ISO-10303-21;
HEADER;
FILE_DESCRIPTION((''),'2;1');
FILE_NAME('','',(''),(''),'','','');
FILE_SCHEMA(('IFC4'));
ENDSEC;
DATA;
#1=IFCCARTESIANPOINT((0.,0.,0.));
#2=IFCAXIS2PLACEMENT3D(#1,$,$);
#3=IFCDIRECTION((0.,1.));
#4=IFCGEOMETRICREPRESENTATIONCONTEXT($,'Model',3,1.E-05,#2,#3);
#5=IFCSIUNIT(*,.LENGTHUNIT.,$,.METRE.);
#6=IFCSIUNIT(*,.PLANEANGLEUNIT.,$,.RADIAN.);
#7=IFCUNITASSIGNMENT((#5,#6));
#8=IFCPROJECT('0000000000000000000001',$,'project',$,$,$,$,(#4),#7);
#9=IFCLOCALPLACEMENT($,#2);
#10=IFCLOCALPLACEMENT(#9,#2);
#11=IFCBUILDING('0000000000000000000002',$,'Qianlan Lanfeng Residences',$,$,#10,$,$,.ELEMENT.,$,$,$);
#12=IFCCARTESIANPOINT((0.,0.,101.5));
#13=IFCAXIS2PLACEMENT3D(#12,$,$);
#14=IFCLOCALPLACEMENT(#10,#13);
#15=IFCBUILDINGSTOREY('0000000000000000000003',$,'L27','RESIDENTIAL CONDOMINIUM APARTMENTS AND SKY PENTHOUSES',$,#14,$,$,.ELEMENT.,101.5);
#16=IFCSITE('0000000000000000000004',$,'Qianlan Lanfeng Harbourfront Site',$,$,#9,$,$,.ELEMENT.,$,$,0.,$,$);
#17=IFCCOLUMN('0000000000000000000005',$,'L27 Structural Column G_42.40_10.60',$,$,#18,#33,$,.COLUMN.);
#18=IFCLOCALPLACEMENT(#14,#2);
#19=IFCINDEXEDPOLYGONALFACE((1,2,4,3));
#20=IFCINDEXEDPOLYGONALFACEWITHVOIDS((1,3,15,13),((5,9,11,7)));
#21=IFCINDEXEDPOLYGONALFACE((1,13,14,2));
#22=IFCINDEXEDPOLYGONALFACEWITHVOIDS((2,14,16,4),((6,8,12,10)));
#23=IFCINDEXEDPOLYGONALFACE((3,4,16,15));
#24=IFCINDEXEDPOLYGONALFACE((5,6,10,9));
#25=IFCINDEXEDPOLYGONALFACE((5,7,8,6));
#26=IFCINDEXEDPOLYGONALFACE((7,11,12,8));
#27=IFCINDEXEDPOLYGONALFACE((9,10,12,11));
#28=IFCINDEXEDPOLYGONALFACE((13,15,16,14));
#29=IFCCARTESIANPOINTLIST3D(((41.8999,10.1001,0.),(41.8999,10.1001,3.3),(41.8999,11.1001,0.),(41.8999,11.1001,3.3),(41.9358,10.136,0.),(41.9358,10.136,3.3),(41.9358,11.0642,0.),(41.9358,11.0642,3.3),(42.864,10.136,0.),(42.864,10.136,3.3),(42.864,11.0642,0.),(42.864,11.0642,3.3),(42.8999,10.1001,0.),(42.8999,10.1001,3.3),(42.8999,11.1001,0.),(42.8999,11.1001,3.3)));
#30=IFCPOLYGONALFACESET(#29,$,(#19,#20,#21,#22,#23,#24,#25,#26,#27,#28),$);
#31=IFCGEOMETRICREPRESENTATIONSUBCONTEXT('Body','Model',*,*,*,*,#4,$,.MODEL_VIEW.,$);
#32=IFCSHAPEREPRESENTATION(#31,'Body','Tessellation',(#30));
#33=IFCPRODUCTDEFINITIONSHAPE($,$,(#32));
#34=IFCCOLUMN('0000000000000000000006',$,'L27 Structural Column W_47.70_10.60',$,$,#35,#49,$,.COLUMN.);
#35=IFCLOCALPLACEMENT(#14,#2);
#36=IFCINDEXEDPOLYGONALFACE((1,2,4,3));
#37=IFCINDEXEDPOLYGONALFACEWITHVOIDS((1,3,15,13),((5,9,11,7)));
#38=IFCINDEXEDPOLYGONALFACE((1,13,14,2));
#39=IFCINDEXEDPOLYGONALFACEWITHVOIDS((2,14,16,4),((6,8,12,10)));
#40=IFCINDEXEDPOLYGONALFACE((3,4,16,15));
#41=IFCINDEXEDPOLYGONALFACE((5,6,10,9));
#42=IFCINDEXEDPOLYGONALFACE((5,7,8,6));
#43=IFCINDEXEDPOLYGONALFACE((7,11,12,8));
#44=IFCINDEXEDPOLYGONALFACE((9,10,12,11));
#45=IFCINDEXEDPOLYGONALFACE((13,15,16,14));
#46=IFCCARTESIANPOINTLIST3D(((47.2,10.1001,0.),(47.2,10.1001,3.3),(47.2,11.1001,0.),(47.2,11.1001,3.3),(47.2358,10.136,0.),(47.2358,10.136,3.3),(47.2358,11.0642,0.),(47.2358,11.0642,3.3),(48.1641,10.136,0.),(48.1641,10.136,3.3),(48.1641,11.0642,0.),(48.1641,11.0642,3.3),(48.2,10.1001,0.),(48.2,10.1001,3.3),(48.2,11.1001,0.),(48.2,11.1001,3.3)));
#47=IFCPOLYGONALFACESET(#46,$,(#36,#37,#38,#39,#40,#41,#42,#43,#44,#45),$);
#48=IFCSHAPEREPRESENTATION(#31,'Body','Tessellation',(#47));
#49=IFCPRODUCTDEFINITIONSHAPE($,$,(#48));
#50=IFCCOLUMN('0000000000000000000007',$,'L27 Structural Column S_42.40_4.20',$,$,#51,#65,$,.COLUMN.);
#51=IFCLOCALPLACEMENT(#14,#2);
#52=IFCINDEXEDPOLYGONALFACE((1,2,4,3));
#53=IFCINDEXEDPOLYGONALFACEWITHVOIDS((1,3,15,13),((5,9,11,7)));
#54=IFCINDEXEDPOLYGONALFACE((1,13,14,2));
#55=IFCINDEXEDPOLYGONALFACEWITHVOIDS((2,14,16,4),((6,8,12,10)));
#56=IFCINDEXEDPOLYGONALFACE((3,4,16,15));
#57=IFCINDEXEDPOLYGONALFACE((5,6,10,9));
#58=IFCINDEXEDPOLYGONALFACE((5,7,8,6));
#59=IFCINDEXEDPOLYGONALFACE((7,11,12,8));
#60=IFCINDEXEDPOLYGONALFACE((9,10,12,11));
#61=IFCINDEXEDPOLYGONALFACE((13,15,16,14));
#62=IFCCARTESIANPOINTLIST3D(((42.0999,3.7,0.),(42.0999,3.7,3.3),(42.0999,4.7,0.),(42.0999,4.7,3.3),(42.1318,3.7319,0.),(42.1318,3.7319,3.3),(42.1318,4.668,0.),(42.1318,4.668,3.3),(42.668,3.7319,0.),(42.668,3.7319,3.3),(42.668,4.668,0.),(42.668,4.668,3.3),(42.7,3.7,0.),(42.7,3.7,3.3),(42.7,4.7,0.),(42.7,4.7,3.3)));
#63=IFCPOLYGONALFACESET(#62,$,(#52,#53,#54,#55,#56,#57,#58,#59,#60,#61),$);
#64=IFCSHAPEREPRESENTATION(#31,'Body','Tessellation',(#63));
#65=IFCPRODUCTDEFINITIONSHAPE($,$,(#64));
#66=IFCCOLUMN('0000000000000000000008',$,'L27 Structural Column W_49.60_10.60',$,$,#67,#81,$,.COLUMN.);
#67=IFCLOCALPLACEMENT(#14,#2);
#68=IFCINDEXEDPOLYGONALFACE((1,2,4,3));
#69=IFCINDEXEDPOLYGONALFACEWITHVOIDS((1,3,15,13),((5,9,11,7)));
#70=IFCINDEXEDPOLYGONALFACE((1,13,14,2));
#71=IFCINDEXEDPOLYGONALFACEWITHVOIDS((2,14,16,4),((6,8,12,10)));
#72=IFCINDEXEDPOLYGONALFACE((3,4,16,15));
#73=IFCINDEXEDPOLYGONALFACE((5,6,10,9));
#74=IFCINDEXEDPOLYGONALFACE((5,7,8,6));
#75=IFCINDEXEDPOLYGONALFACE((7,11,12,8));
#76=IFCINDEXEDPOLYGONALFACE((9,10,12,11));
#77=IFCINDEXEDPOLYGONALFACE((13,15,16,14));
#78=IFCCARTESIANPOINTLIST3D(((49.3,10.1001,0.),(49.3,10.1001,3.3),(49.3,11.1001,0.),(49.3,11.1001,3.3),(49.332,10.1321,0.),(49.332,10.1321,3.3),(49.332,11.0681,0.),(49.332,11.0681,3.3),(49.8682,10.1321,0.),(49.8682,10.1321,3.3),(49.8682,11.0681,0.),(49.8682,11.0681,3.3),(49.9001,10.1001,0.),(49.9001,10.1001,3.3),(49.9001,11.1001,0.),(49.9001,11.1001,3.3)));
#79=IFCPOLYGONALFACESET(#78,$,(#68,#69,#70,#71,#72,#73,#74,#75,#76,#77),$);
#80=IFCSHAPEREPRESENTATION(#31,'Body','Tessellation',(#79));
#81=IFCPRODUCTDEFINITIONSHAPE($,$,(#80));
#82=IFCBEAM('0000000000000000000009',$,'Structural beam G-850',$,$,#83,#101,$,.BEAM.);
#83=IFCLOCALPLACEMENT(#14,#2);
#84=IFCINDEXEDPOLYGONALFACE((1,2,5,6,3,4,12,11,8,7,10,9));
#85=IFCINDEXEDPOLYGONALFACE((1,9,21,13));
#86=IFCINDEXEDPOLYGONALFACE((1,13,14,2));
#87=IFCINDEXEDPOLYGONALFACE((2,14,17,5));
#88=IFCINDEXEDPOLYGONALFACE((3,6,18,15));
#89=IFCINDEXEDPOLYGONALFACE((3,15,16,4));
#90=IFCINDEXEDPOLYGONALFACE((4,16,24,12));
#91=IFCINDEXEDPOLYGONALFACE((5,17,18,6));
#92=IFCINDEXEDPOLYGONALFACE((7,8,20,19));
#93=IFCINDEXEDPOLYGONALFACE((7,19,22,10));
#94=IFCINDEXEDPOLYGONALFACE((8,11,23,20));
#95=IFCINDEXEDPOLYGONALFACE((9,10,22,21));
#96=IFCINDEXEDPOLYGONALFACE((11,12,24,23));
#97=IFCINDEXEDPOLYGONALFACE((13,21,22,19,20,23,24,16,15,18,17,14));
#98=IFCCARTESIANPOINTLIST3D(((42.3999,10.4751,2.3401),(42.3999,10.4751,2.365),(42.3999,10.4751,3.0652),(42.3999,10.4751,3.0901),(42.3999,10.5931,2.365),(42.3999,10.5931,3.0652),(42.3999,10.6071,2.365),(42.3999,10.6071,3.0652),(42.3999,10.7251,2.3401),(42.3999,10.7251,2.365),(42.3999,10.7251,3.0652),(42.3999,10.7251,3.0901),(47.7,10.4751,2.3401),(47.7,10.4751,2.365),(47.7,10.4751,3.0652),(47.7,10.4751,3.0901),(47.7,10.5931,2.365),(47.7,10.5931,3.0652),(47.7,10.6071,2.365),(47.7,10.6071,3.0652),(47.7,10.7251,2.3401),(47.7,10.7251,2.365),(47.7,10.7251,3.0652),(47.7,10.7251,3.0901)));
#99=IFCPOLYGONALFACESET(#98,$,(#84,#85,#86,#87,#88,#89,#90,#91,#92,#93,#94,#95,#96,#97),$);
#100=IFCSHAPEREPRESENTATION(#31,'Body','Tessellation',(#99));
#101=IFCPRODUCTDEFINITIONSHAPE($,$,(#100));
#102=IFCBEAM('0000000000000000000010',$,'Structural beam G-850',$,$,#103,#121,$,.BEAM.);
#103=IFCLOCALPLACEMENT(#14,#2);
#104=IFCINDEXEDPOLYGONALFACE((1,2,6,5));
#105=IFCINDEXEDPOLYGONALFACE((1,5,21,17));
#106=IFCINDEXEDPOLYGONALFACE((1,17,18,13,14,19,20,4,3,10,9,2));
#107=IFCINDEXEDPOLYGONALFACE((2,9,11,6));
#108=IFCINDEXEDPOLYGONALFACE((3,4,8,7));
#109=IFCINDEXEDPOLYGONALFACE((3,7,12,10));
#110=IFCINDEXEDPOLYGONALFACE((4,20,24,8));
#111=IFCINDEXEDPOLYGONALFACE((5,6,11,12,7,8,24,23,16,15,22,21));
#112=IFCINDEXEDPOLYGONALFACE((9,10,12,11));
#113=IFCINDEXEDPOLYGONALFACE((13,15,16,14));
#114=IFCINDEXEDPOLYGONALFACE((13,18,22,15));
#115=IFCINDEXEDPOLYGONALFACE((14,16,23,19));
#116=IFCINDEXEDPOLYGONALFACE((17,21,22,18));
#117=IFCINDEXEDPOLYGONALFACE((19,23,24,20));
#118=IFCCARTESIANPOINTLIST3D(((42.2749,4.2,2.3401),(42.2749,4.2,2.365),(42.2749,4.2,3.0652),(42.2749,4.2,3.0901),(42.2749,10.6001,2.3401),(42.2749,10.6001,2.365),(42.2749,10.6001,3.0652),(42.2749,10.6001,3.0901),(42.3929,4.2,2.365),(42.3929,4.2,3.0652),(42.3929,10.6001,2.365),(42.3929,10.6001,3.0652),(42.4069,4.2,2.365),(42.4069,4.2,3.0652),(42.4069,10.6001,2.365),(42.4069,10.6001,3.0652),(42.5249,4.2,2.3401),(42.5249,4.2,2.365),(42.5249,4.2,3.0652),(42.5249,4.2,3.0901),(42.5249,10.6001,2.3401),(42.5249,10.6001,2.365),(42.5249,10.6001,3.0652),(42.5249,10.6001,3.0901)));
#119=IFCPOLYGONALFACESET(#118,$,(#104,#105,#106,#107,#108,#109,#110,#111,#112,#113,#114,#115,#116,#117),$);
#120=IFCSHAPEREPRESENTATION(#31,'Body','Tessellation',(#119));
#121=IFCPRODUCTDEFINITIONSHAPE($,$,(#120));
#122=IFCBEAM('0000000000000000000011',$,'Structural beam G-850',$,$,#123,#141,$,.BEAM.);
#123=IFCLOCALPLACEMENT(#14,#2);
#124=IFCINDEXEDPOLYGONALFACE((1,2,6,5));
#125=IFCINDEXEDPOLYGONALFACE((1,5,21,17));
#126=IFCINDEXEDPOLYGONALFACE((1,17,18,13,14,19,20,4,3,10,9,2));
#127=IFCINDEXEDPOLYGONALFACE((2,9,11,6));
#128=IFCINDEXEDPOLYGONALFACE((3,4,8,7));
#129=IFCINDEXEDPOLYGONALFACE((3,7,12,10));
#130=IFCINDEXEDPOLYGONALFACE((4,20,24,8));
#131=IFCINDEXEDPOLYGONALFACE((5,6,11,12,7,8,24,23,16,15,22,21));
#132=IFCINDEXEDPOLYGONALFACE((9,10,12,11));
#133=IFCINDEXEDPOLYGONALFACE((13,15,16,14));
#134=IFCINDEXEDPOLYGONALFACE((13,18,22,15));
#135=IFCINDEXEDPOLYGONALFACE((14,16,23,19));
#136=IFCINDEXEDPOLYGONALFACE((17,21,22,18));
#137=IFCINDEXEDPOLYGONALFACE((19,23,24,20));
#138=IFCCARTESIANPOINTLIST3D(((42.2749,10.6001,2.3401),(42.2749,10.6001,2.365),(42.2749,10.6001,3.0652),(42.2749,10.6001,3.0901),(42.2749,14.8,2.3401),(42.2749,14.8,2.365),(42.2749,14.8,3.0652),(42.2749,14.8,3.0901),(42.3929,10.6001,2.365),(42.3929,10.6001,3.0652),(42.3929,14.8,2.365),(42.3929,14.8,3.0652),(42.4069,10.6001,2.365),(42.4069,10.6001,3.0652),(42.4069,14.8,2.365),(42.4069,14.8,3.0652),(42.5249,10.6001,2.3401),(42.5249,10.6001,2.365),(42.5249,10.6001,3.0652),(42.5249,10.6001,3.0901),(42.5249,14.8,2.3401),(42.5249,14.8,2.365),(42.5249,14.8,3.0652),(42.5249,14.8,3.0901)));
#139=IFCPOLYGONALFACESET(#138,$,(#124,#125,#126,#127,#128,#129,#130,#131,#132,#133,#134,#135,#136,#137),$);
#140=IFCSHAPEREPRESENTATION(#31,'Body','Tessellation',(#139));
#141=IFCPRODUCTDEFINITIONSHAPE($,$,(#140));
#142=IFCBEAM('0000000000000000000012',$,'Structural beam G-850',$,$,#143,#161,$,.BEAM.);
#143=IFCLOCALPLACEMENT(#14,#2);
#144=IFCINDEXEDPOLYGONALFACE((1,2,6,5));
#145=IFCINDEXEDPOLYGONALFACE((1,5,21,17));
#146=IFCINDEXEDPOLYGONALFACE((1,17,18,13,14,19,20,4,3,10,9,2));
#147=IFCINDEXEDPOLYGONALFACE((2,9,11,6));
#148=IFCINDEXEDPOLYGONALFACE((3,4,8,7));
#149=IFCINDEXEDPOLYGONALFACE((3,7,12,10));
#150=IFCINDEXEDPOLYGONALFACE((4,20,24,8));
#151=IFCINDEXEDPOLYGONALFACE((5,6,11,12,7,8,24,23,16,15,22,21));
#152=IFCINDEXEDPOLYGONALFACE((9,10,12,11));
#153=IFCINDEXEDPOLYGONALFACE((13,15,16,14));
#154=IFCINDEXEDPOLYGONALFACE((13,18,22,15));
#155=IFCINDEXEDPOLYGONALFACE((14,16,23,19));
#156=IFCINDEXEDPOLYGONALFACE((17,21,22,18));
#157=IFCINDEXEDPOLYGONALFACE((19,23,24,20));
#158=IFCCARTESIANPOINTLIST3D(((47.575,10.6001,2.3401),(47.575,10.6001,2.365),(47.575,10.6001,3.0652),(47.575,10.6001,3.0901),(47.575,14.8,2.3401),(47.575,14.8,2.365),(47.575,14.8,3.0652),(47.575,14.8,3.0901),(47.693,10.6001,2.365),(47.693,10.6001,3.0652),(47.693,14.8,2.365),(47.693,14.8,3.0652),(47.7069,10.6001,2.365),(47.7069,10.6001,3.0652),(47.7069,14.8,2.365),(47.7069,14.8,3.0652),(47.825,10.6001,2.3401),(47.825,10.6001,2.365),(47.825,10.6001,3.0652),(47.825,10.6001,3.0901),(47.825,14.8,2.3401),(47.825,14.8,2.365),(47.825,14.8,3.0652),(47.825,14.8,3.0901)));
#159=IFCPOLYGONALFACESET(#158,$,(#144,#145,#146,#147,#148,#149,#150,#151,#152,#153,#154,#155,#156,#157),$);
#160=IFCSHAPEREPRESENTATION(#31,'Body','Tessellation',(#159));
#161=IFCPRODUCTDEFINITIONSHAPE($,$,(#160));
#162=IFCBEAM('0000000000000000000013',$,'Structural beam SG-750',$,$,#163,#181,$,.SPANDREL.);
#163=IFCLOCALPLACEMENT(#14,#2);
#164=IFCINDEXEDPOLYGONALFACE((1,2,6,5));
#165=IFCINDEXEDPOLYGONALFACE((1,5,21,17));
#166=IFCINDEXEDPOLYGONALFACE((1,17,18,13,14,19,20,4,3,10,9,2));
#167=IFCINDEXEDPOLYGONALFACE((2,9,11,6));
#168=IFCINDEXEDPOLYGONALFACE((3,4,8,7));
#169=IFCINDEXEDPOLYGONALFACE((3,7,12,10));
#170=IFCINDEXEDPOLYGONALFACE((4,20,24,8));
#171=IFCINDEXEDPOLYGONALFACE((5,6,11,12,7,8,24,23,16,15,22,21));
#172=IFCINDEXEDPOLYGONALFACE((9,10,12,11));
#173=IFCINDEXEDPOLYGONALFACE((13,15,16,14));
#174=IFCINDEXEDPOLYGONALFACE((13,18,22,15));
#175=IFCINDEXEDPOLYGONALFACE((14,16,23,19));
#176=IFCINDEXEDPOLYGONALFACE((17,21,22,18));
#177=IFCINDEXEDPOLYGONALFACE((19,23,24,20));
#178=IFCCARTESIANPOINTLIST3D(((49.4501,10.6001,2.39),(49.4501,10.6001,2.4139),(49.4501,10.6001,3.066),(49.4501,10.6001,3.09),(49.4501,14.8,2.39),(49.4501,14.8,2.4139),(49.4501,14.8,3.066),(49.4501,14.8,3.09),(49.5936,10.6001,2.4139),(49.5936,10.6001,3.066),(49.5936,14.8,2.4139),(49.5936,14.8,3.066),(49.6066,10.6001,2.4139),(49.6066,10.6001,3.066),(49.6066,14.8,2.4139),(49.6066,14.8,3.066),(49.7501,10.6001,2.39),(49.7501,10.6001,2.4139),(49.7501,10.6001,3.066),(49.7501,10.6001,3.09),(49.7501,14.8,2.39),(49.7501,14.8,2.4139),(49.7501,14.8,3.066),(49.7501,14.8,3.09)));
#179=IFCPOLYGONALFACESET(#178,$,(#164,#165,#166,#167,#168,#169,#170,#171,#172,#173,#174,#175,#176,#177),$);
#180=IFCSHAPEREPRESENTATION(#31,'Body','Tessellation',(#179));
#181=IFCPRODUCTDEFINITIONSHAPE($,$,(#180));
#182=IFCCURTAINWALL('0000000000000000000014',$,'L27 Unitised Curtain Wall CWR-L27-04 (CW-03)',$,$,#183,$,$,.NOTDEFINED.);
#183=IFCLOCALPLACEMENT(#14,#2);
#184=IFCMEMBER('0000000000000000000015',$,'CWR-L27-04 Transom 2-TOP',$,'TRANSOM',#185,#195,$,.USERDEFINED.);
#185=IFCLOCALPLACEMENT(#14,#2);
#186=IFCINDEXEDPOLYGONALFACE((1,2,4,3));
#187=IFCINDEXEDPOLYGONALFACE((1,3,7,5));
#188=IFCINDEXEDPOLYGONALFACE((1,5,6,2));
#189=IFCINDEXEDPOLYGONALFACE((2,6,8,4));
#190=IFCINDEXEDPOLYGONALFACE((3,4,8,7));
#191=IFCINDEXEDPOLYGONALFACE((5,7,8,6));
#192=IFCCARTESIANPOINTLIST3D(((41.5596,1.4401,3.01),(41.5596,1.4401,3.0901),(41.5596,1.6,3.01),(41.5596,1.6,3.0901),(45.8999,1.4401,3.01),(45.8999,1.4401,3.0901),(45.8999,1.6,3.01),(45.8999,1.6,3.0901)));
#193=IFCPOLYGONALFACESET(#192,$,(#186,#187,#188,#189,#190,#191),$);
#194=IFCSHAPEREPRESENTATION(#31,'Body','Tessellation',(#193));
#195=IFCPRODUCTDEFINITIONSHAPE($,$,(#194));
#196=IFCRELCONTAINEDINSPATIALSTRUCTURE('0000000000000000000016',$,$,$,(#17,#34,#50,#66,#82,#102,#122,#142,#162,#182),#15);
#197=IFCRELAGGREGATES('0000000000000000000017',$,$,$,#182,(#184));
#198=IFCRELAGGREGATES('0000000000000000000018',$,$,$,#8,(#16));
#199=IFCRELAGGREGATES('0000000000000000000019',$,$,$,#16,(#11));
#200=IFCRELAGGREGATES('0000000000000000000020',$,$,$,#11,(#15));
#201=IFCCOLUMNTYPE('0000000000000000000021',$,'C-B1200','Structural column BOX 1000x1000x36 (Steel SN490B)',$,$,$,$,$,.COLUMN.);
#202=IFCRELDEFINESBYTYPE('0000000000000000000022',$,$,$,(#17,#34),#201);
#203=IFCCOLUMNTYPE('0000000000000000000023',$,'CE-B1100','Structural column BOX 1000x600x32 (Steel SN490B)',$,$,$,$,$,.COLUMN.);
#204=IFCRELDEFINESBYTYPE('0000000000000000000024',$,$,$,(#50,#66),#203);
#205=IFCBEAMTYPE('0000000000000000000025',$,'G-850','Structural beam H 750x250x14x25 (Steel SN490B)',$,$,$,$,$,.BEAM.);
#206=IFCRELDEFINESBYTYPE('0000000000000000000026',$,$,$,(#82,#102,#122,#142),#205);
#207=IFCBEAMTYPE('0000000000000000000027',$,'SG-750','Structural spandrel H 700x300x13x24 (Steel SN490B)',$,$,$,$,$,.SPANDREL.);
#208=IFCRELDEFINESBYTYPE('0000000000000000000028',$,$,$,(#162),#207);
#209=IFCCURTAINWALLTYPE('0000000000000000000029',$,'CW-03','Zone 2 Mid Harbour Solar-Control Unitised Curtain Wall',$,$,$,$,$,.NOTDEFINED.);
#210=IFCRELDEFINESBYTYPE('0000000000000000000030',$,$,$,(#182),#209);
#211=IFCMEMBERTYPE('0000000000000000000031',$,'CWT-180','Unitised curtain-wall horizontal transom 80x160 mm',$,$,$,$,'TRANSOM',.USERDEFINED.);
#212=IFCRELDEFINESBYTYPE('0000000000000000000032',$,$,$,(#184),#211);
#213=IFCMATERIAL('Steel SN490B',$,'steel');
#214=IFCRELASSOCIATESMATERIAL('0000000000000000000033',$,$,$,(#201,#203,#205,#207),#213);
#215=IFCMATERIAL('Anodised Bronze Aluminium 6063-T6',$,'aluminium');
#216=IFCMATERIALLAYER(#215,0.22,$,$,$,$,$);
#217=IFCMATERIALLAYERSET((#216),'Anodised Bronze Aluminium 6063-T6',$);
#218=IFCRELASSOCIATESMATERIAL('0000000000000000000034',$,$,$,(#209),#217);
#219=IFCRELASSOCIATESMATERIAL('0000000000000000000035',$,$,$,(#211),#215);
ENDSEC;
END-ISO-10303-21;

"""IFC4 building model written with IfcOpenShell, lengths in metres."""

from ifc_helpers import new_model, si_unit, direction, frame, origin, origin_2d, place, context, subcontext, project, spatial, rectangle, hollow_rectangle, i_section, extrude, source, transform, mapped, material, layer, layer_set, material_profile, profile_set, type_object, element, aggregate, save


model = new_model("IFC4")

# Units and contexts
model_context = context("Model", 3, precision=1e-05, world=origin(), true_north=direction((0.0, 1.0)))
body_context = subcontext(model_context, "Body", "Model", "MODEL_VIEW")
ifc_project = project(units=[si_unit("LENGTHUNIT", "METRE"), si_unit("PLANEANGLEUNIT", "RADIAN")], contexts=[model_context])

# Site, building, storey
site_placement = place(None, origin())
site = spatial("IfcSite", under=ifc_project, at=site_placement, Name="Qianlan Lanfeng Harbourfront Site", CompositionType="ELEMENT", RefElevation=0.0)
building_placement = place(site_placement, origin())
building = spatial("IfcBuilding", under=site, at=building_placement, Name="Qianlan Lanfeng Residences", CompositionType="ELEMENT")
storey_placement = place(building_placement, frame((0.0, 0.0, 101.5)))
storey = spatial("IfcBuildingStorey", under=building, at=storey_placement, Name="L27", Description="RESIDENTIAL CONDOMINIUM APARTMENTS AND SKY PENTHOUSES", CompositionType="ELEMENT", Elevation=101.5)

# Columns
ifc_material_1 = material(Name="Steel SN490B", Category="steel")
ifc_material_profile_1 = material_profile(ifc_material_1, hollow_rectangle(XDim=1.0, YDim=1.0, WallThickness=0.0359, at=origin_2d()), Name="BOX 1000x1000x36")
ifc_profile_set_1 = profile_set([ifc_material_profile_1], Name="Steel SN490B")
column_type_1 = type_object("IfcColumnType", Name="C-B1200", Description="Structural column BOX 1000x1000x36 (Steel SN490B)", PredefinedType="COLUMN", material=ifc_profile_set_1)
for number, where, z_axis, x_axis, name in (
    (1, (42.3999, 10.6001, 0.0), (0.0, 0.0, 1.0), (1.0, 0.0, 0.0), "L27 Structural Column G_42.40_10.60"),
    (2, (47.7, 10.6001, 0.0), (0.0, 0.0, 1.0), (1.0, 0.0, 0.0), "L27 Structural Column W_47.70_10.60"),
):
    element("IfcColumn", number, at=place(storey_placement, frame(where, z_axis=z_axis, x_axis=x_axis)), inside=storey, type_object=column_type_1, Name=name, PredefinedType="COLUMN", context=body_context, shape_type="SweptSolid", body=[
        extrude(hollow_rectangle(XDim=1.0, YDim=1.0, WallThickness=0.0359, at=origin_2d()), origin(), (0.0, 0.0, 1.0), 3.3),
    ])
ifc_material_profile_2 = material_profile(ifc_material_1, hollow_rectangle(XDim=0.6001, YDim=1.0, WallThickness=0.032, at=origin_2d()), Name="BOX 1000x600x32")
ifc_profile_set_2 = profile_set([ifc_material_profile_2], Name="Steel SN490B")
column_type_2 = type_object("IfcColumnType", Name="CE-B1100", Description="Structural column BOX 1000x600x32 (Steel SN490B)", PredefinedType="COLUMN", material=ifc_profile_set_2)
for number, where, z_axis, x_axis, name in (
    (3, (42.3999, 4.2, 0.0), (0.0, 0.0, 1.0), (1.0, 0.0, 0.0), "L27 Structural Column S_42.40_4.20"),
    (4, (49.6001, 10.6001, 0.0), (0.0, 0.0, 1.0), (1.0, 0.0, 0.0), "L27 Structural Column W_49.60_10.60"),
):
    element("IfcColumn", number, at=place(storey_placement, frame(where, z_axis=z_axis, x_axis=x_axis)), inside=storey, type_object=column_type_2, Name=name, PredefinedType="COLUMN", context=body_context, shape_type="SweptSolid", body=[
        extrude(hollow_rectangle(XDim=0.6001, YDim=1.0, WallThickness=0.032, at=origin_2d()), origin(), (0.0, 0.0, 1.0), 3.3),
    ])

# Beams
ifc_material_profile_3 = material_profile(ifc_material_1, i_section(OverallWidth=0.25, OverallDepth=0.75, WebThickness=0.0139, FlangeThickness=0.0249, at=origin_2d()), Name="H 750x250x14x25")
ifc_profile_set_3 = profile_set([ifc_material_profile_3], Name="Steel SN490B")
beam_type_1 = type_object("IfcBeamType", Name="G-850", Description="Structural beam H 750x250x14x25 (Steel SN490B)", PredefinedType="BEAM", material=ifc_profile_set_3)
beam_1_placement = place(storey_placement, frame((42.3999, 10.6001, 2.7151), z_axis=(1.0, 0.0, 0.0), x_axis=(0.0, 1.0, 0.0)))
element("IfcBeam", 5, at=beam_1_placement, inside=storey, type_object=beam_type_1, Name="Structural beam G-850", PredefinedType="BEAM", context=body_context, shape_type="SweptSolid", body=[
    extrude(i_section(OverallWidth=0.25, OverallDepth=0.75, WebThickness=0.0139, FlangeThickness=0.0249, at=origin_2d()), origin(), (0.0, 0.0, 1.0), 5.3),
])
beam_2_placement = place(storey_placement, frame((42.3999, 4.2, 2.7151), z_axis=(0.0, 1.0, 0.0), x_axis=(-1.0, 0.0, 0.0)))
element("IfcBeam", 6, at=beam_2_placement, inside=storey, type_object=beam_type_1, Name="Structural beam G-850", PredefinedType="BEAM", context=body_context, shape_type="SweptSolid", body=[
    extrude(i_section(OverallWidth=0.25, OverallDepth=0.75, WebThickness=0.0139, FlangeThickness=0.0249, at=origin_2d()), origin(), (0.0, 0.0, 1.0), 6.4001),
])
for number, where, z_axis, x_axis, name in (
    (7, (42.3999, 10.6001, 2.7151), (0.0, 1.0, 0.0), (-1.0, 0.0, 0.0), "Structural beam G-850"),
    (8, (47.7, 10.6001, 2.7151), (0.0, 1.0, 0.0), (-1.0, 0.0, 0.0), "Structural beam G-850"),
):
    element("IfcBeam", number, at=place(storey_placement, frame(where, z_axis=z_axis, x_axis=x_axis)), inside=storey, type_object=beam_type_1, Name=name, PredefinedType="BEAM", context=body_context, shape_type="SweptSolid", body=[
        extrude(i_section(OverallWidth=0.25, OverallDepth=0.75, WebThickness=0.0139, FlangeThickness=0.0249, at=origin_2d()), origin(), (0.0, 0.0, 1.0), 4.2),
    ])
ifc_material_profile_4 = material_profile(ifc_material_1, i_section(OverallWidth=0.3, OverallDepth=0.7, WebThickness=0.0129, FlangeThickness=0.0239, at=origin_2d()), Name="H 700x300x13x24")
ifc_profile_set_4 = profile_set([ifc_material_profile_4], Name="Steel SN490B")
beam_type_2 = type_object("IfcBeamType", Name="SG-750", Description="Structural spandrel H 700x300x13x24 (Steel SN490B)", PredefinedType="SPANDREL", material=ifc_profile_set_4)
beam_3_placement = place(storey_placement, frame((49.6001, 10.6001, 2.74), z_axis=(0.0, 1.0, 0.0), x_axis=(-1.0, 0.0, 0.0)))
element("IfcBeam", 9, at=beam_3_placement, inside=storey, type_object=beam_type_2, Name="Structural beam SG-750", PredefinedType="SPANDREL", context=body_context, shape_type="SweptSolid", body=[
    extrude(i_section(OverallWidth=0.3, OverallDepth=0.7, WebThickness=0.0129, FlangeThickness=0.0239, at=origin_2d()), origin(), (0.0, 0.0, 1.0), 4.2),
])

# Curtain wall, member
ifc_material_2 = material(Name="Anodised Bronze Aluminium 6063-T6", Category="aluminium")
ifc_layer_1 = layer(ifc_material_2, 0.22)
ifc_layer_set_1 = layer_set([ifc_layer_1], Name="Anodised Bronze Aluminium 6063-T6")
curtain_wall_type = type_object("IfcCurtainWallType", Name="CW-03", Description="Zone 2 Mid Harbour Solar-Control Unitised Curtain Wall", PredefinedType="NOTDEFINED", material=ifc_layer_set_1)
curtain_wall_1_placement = place(storey_placement, origin())
curtain_wall_1 = element("IfcCurtainWall", 10, at=curtain_wall_1_placement, inside=storey, type_object=curtain_wall_type, Name="L27 Unitised Curtain Wall CWR-L27-04 (CW-03)", PredefinedType="NOTDEFINED")
ifc_material_profile_5 = material_profile(ifc_material_2, rectangle(XDim=0.0801, YDim=0.1599, at=origin_2d()), Name="ALU TRANSOM 80x160")
ifc_profile_set_5 = profile_set([ifc_material_profile_5], Name="Anodised Bronze Aluminium 6063-T6")
member_type_1 = type_object("IfcMemberType", Name="CWT-180", Description="Unitised curtain-wall horizontal transom 80x160 mm", ElementType="TRANSOM", PredefinedType="USERDEFINED", material=ifc_profile_set_5)
shared_shape_1 = source(origin(), body_context, "Body", "SweptSolid", [
    extrude(rectangle(XDim=0.0801, YDim=0.1599, at=origin_2d()), origin(), (0.0, 0.0, 1.0), 4.3403),
])
member_1_placement = place(storey_placement, frame((41.5596, 1.52, 3.05), z_axis=(1.0, 0.0, 0.0), x_axis=(0.0, 0.0, 1.0)))
member_1 = element("IfcMember", 11, at=member_1_placement, type_object=member_type_1, Name="CWR-L27-04 Transom 2-TOP", ObjectType="TRANSOM", PredefinedType="USERDEFINED", context=body_context, shape_type="MappedRepresentation", body=[
    mapped(shared_shape_1, transform((0.0, 0.0, 0.0), scale=1.0)),
])

aggregate(curtain_wall_1, [member_1])

save(model, "model.ifc")
